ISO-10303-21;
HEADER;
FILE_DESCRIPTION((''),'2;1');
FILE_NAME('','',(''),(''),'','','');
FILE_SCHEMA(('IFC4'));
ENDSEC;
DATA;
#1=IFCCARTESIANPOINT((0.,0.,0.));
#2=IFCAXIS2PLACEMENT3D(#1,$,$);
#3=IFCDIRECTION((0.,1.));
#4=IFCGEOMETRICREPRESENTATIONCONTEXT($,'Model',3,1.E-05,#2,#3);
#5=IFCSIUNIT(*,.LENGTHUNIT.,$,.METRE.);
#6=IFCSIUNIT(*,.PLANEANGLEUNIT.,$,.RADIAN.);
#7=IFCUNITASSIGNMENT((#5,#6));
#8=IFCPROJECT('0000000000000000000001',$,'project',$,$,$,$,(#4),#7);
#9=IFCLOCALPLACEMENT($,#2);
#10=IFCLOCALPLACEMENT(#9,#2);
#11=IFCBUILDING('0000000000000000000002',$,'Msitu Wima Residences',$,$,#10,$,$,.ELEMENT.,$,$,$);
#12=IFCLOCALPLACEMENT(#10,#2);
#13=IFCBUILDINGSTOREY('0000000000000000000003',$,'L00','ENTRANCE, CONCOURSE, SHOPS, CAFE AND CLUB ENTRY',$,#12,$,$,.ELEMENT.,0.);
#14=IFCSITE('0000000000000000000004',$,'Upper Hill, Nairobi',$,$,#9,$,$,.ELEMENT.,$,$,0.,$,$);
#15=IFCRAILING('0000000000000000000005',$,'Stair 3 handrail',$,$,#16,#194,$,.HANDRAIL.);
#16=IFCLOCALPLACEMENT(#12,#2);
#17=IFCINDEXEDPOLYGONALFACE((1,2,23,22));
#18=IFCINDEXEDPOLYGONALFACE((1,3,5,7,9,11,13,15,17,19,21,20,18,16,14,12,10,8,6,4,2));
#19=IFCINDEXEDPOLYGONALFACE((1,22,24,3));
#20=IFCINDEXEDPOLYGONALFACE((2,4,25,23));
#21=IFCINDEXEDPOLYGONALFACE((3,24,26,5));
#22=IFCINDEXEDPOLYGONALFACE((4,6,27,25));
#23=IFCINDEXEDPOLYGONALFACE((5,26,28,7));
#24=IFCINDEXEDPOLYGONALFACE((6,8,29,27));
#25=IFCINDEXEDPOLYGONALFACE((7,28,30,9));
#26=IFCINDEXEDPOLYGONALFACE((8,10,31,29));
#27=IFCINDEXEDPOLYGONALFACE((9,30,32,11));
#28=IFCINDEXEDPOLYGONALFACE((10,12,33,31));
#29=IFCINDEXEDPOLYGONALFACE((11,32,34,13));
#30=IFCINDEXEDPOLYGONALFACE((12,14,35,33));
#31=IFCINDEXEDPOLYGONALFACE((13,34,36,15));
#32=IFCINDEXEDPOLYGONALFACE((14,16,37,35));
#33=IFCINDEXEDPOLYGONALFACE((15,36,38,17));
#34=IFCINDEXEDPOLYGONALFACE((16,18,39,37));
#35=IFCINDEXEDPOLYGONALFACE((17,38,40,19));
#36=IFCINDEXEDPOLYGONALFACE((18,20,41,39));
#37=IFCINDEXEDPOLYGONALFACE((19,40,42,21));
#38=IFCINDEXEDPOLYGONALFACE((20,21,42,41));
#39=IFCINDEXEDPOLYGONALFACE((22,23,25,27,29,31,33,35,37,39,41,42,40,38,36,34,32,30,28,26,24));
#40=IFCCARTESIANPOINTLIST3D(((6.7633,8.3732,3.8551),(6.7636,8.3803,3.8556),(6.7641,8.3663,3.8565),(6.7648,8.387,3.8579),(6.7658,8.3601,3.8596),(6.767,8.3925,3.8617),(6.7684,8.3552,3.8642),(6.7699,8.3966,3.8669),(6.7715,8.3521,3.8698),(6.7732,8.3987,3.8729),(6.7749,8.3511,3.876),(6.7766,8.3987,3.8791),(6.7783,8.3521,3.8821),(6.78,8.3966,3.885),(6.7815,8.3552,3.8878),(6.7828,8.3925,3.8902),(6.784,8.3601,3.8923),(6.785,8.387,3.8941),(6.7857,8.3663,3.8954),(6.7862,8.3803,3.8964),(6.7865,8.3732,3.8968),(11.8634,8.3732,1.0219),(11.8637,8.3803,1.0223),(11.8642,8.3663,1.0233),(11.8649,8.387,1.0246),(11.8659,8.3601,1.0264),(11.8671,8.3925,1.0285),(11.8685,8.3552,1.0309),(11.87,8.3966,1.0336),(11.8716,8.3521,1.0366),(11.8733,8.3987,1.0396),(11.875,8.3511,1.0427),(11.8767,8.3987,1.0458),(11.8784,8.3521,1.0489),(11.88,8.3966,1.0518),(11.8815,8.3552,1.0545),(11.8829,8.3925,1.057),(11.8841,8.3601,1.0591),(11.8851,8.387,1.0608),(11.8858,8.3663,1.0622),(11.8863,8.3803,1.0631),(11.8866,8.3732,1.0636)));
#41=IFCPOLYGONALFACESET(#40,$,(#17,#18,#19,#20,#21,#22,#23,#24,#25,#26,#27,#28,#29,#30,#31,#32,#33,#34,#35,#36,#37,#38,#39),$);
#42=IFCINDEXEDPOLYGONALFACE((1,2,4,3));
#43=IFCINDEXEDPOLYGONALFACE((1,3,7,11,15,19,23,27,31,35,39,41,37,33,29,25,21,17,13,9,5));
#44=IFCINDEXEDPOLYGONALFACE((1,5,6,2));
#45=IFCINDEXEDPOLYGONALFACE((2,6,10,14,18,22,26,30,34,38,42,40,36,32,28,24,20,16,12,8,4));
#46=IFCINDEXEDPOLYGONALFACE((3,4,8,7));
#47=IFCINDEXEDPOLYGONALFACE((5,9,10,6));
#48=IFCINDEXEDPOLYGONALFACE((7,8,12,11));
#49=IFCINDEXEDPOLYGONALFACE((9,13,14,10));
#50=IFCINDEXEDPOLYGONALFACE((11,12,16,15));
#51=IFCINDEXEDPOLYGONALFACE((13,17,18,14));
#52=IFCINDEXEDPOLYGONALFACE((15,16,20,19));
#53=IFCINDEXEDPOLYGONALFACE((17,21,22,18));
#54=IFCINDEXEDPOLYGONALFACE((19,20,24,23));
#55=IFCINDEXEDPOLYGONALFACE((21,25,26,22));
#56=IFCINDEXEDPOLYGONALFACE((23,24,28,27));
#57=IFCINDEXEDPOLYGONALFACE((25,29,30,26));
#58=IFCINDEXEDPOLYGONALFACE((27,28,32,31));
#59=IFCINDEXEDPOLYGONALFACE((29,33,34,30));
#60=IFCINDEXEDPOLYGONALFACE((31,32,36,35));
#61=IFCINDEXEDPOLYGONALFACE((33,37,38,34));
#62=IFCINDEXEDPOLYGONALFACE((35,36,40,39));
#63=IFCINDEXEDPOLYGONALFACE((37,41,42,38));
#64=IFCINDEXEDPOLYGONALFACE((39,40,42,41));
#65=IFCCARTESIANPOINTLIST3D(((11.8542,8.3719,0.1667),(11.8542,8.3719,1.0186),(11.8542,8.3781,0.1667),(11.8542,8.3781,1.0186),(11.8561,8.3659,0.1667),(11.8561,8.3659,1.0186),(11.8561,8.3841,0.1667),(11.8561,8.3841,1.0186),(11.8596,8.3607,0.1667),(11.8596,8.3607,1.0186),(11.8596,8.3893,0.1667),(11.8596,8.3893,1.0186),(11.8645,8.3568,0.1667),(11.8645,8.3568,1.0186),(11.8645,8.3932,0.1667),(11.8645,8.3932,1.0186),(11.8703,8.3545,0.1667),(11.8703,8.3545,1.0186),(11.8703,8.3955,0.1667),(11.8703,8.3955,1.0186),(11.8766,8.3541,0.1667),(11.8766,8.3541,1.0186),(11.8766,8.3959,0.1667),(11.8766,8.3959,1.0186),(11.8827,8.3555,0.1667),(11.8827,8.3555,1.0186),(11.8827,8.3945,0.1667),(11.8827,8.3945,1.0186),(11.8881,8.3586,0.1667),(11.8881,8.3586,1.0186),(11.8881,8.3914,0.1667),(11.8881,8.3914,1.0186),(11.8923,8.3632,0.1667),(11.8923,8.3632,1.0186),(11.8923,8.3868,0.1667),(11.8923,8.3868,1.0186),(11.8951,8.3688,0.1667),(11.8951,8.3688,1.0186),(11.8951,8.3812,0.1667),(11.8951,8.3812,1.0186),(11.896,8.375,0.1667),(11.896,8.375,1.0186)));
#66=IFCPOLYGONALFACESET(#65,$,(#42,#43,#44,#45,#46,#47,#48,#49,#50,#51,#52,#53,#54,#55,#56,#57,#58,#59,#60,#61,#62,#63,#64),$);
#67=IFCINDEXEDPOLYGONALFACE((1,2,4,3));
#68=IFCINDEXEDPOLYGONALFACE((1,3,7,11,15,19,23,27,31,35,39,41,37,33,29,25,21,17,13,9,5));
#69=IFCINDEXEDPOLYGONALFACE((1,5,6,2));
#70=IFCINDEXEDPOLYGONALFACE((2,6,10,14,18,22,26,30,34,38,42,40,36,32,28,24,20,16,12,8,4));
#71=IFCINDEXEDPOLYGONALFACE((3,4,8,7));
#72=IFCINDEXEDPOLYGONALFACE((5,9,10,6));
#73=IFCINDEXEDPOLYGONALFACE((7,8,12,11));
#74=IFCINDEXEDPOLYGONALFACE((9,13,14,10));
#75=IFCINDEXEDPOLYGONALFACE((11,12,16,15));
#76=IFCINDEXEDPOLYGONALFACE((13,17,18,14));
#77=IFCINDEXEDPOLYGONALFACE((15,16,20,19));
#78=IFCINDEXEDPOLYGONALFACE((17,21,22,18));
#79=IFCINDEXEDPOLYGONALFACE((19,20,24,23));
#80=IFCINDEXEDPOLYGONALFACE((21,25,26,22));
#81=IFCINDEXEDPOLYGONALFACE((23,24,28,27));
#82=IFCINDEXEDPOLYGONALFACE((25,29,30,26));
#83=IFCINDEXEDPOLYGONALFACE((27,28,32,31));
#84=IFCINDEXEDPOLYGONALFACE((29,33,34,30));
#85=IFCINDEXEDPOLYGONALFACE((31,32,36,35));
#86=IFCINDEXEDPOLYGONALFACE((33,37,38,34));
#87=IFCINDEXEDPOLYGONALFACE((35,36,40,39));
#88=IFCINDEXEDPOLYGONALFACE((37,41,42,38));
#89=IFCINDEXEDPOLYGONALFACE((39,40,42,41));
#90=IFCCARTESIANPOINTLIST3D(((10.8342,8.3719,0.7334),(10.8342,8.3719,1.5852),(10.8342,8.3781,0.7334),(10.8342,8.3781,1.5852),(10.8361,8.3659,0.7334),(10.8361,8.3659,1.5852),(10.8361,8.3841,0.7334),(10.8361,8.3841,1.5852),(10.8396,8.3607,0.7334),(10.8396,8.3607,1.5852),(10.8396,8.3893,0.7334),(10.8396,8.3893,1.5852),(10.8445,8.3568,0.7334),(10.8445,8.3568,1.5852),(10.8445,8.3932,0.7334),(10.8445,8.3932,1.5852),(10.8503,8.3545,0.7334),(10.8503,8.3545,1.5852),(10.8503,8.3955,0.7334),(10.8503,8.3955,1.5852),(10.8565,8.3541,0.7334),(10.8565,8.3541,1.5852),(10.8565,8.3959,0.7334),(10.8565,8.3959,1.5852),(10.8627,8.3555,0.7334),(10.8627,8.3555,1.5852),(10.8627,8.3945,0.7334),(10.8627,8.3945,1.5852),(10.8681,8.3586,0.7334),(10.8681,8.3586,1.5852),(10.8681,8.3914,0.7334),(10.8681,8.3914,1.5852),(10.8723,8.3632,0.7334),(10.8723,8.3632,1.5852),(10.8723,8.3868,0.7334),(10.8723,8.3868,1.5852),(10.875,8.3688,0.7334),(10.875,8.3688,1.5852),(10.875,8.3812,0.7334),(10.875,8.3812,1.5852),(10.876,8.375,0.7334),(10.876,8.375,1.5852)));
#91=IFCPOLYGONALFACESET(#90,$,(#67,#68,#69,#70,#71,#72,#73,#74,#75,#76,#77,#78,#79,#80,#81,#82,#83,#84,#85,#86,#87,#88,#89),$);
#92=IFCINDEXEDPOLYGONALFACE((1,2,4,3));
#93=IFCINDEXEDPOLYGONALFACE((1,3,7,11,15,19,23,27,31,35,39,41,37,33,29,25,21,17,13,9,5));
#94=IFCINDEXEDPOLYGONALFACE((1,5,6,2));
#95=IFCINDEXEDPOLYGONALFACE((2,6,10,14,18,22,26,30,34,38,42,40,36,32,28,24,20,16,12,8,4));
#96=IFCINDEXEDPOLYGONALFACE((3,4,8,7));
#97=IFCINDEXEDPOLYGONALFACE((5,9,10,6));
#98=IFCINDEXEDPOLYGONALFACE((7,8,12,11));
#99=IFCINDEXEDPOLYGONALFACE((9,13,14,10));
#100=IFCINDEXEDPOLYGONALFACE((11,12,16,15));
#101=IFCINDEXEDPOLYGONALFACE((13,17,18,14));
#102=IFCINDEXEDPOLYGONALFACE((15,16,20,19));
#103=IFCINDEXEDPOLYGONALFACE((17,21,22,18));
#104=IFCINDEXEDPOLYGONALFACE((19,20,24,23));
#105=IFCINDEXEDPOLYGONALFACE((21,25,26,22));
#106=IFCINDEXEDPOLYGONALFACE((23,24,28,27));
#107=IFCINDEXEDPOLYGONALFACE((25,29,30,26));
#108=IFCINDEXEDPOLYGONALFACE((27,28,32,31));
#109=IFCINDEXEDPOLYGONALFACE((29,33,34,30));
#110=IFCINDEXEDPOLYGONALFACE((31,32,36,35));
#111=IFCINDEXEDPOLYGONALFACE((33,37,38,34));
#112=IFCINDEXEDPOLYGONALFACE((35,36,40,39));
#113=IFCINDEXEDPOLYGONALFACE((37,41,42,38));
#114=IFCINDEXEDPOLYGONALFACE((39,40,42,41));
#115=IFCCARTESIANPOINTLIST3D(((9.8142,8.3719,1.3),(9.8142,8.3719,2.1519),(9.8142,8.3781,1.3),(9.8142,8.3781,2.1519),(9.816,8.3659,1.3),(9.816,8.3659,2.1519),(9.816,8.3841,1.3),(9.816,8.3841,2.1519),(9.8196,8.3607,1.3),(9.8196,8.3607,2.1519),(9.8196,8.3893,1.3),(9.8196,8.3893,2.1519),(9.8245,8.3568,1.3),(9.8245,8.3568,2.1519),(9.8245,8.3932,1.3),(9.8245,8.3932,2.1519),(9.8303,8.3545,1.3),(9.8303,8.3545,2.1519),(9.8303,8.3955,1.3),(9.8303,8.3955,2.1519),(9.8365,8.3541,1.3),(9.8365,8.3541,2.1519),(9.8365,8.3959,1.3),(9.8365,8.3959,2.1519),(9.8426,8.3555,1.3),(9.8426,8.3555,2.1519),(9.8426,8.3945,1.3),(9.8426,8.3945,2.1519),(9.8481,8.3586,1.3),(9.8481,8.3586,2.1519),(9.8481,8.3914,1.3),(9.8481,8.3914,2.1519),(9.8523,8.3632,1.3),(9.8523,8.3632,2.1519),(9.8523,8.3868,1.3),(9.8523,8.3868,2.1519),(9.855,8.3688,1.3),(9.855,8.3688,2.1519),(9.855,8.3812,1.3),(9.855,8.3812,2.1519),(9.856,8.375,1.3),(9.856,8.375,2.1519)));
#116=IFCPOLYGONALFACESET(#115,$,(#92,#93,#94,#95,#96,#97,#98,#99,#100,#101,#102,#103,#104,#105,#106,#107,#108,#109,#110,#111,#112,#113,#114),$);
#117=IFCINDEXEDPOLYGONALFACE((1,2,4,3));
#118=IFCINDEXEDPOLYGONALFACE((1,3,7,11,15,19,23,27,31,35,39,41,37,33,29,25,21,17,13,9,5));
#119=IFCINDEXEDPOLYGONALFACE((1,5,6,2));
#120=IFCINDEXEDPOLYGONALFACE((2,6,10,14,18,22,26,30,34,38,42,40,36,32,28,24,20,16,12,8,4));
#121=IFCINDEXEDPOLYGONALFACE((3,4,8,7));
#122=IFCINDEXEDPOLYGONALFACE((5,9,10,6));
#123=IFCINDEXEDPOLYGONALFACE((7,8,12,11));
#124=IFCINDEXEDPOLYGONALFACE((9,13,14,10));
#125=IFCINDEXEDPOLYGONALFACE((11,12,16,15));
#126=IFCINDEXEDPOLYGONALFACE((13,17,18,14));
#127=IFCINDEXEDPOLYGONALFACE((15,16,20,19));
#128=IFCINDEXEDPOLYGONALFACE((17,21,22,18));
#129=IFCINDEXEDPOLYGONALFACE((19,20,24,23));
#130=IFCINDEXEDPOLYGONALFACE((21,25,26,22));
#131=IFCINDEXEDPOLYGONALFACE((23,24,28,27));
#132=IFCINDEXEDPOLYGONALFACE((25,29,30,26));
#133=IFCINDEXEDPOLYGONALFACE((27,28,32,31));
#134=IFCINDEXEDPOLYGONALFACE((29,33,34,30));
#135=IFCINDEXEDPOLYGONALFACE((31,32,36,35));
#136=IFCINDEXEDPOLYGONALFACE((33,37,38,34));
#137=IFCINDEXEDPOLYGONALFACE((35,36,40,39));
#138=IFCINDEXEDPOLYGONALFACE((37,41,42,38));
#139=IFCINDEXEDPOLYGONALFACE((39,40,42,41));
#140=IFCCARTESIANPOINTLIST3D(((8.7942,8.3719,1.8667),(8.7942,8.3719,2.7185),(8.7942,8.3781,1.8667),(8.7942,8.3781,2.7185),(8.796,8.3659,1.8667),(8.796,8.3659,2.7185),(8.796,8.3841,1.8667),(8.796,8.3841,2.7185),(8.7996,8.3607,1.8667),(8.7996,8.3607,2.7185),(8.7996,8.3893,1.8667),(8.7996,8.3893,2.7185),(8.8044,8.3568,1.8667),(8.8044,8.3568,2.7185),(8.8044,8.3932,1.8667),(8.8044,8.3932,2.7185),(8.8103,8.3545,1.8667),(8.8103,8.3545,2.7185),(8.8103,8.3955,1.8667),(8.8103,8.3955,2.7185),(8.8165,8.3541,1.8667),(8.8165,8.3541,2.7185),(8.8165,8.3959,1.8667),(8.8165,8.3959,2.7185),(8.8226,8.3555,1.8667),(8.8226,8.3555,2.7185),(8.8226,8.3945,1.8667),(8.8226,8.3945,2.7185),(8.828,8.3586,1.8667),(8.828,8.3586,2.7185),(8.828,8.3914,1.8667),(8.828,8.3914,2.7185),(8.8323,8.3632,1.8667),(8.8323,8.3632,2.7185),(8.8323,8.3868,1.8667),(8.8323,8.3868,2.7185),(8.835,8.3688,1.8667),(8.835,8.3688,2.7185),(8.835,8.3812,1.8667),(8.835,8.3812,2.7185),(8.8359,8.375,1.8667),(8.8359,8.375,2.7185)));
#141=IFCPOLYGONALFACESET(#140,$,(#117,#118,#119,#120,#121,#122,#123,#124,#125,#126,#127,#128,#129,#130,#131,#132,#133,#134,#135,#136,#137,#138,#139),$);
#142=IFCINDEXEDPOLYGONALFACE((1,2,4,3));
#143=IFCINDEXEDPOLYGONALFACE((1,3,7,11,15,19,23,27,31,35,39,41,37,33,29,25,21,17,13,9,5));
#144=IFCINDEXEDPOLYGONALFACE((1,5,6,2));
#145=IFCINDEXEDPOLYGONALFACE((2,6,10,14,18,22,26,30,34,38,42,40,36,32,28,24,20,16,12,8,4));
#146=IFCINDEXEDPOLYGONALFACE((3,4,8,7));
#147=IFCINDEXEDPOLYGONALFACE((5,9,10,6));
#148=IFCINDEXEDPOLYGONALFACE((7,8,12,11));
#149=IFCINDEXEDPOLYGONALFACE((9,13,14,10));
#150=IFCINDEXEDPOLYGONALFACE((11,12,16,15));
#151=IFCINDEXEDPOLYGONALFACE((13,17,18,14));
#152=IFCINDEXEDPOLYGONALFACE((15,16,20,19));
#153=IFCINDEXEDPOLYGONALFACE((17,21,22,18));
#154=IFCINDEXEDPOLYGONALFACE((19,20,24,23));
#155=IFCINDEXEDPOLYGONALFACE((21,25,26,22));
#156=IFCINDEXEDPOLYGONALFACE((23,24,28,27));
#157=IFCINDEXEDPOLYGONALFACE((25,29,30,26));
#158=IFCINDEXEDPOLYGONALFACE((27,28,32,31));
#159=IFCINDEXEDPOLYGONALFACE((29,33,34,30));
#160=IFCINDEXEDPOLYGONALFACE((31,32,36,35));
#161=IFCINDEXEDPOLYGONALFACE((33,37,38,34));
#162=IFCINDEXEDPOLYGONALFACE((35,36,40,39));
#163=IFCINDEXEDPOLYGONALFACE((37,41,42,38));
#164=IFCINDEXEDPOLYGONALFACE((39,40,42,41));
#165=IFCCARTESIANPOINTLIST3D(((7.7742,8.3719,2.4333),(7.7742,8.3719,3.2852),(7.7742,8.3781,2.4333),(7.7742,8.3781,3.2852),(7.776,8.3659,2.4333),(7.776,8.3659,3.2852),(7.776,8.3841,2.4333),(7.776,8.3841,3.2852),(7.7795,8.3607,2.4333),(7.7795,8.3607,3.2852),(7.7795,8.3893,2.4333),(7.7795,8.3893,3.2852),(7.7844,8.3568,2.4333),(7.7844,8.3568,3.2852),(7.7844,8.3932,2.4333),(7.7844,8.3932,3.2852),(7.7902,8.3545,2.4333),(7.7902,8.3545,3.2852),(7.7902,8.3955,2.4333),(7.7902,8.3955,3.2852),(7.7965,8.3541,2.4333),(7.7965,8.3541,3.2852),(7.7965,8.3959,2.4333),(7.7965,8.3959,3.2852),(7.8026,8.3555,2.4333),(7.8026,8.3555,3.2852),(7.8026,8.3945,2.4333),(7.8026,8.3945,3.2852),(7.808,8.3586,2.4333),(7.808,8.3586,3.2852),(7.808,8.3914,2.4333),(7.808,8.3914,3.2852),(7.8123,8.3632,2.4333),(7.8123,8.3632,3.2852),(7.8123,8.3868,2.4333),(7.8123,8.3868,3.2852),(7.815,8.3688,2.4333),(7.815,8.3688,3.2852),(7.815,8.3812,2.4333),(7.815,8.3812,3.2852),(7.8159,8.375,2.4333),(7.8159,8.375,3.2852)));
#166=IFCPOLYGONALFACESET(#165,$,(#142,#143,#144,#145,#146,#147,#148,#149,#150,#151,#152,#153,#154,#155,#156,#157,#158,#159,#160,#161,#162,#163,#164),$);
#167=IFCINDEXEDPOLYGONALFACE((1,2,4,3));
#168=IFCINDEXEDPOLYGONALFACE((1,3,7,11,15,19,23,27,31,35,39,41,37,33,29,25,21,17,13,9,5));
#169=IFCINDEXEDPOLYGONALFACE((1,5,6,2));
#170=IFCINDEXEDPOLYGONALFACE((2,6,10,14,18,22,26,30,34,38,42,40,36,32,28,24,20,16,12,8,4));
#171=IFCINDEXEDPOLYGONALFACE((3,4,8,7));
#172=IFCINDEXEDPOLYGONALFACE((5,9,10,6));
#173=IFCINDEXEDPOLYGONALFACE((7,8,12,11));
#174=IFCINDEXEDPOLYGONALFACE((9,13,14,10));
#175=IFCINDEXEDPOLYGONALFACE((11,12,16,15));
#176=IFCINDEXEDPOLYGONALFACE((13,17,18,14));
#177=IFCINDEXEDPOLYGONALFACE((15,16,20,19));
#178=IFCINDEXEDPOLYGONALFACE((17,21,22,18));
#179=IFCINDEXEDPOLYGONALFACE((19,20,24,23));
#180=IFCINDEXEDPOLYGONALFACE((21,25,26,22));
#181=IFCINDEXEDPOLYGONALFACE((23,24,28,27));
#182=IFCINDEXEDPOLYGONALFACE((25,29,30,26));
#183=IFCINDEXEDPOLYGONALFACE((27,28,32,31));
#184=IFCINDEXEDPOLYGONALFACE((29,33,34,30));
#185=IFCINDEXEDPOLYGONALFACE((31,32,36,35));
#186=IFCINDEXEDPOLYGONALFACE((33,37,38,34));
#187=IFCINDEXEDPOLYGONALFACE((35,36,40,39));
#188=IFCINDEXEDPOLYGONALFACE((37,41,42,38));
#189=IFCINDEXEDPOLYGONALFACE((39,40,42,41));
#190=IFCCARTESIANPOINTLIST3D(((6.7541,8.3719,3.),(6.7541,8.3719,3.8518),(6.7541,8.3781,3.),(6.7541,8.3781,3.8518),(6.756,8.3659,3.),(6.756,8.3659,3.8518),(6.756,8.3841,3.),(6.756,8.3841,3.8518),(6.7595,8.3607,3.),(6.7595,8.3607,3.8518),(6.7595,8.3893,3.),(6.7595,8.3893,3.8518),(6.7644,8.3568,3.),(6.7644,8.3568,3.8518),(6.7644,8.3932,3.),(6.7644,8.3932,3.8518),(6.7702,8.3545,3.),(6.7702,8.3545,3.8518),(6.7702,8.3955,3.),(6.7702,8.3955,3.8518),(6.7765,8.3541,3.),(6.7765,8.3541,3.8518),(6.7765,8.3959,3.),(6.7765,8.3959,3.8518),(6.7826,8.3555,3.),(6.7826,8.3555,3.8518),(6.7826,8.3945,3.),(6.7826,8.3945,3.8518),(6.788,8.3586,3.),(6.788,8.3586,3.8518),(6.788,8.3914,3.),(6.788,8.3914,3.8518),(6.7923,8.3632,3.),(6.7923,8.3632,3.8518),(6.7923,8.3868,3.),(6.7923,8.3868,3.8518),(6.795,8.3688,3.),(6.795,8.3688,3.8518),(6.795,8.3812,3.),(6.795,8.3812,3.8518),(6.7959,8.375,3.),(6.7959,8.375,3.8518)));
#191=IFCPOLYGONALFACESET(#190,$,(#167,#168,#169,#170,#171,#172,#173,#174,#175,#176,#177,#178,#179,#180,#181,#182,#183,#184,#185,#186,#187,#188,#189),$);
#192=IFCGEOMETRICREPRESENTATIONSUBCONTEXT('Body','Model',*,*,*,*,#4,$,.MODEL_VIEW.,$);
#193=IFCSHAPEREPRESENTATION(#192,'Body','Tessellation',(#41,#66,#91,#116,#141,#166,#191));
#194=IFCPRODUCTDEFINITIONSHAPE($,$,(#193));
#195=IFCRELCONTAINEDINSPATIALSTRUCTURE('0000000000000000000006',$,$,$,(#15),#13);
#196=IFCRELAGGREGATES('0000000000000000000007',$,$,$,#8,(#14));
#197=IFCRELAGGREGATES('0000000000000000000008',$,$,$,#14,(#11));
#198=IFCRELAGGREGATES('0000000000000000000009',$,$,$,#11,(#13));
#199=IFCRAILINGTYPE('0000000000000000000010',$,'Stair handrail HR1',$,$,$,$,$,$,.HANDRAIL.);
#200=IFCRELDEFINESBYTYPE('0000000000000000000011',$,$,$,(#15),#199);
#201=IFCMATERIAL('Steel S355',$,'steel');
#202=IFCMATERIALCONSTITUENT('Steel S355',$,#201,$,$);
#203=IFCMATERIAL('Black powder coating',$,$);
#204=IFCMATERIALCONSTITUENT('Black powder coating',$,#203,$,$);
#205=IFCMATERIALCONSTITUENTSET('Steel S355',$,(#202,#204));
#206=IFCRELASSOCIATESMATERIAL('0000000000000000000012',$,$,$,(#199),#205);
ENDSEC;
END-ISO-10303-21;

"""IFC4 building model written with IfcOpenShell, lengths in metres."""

from ifc_helpers import new_model, si_unit, direction, frame, origin, origin_2d, place, context, subcontext, project, spatial, circle, extrude, material, constituent, constituent_set, type_object, element, save


model = new_model("IFC4")

# Units and contexts
model_context = context("Model", 3, precision=1e-05, world=origin(), true_north=direction((0.0, 1.0)))
body_context = subcontext(model_context, "Body", "Model", "MODEL_VIEW")
ifc_project = project(units=[si_unit("LENGTHUNIT", "METRE"), si_unit("PLANEANGLEUNIT", "RADIAN")], contexts=[model_context])

# Site, building, storey
site_placement = place(None, origin())
site = spatial("IfcSite", under=ifc_project, at=site_placement, Name="Upper Hill, Nairobi", CompositionType="ELEMENT", RefElevation=0.0)
building_placement = place(site_placement, origin())
building = spatial("IfcBuilding", under=site, at=building_placement, Name="Msitu Wima Residences", CompositionType="ELEMENT")
storey_placement = place(building_placement, origin())
storey = spatial("IfcBuildingStorey", under=building, at=storey_placement, Name="L00", Description="ENTRANCE, CONCOURSE, SHOPS, CAFE AND CLUB ENTRY", CompositionType="ELEMENT", Elevation=0.0)

# Railing
ifc_material_1 = material(Name="Steel S355", Category="steel")
ifc_constituent_1 = constituent(ifc_material_1, Name="Steel S355")
ifc_material_2 = material(Name="Black powder coating")
ifc_constituent_2 = constituent(ifc_material_2, Name="Black powder coating")
ifc_constituent_set = constituent_set(constituents=[ifc_constituent_1, ifc_constituent_2], Name="Steel S355")
railing_type = type_object("IfcRailingType", Name="Stair handrail HR1", PredefinedType="HANDRAIL", material=ifc_constituent_set)
railing_placement = place(storey_placement, frame((11.875, 8.375, 0.1667)))
element("IfcRailing", 1, at=railing_placement, inside=storey, type_object=railing_type, Name="Stair 3 handrail", PredefinedType="HANDRAIL", context=body_context, shape_type="SweptSolid", body=[
    extrude(circle(Radius=0.0239, at=origin_2d()), frame((0.0, 0.0, 0.876), z_axis=(-0.874167, 0.0, 0.485625), x_axis=(0.0, -1.0, 0.0)), (0.0, 0.0, 1.0), 5.8342),
    extrude(circle(Radius=0.021, at=origin_2d()), origin(), (0.0, 0.0, 1.0), 0.8518),
    extrude(circle(Radius=0.021, at=origin_2d()), frame((-1.02, 0.0, 0.5667)), (0.0, 0.0, 1.0), 0.8518),
    extrude(circle(Radius=0.021, at=origin_2d()), frame((-2.04, 0.0, 1.1333)), (0.0, 0.0, 1.0), 0.8518),
    extrude(circle(Radius=0.021, at=origin_2d()), frame((-3.0601, 0.0, 1.7)), (0.0, 0.0, 1.0), 0.8518),
    extrude(circle(Radius=0.021, at=origin_2d()), frame((-4.0801, 0.0, 2.2666)), (0.0, 0.0, 1.0), 0.8518),
    extrude(circle(Radius=0.021, at=origin_2d()), frame((-5.1001, 0.0, 2.8333)), (0.0, 0.0, 1.0), 0.8518),
])

save(model, "model.ifc")
